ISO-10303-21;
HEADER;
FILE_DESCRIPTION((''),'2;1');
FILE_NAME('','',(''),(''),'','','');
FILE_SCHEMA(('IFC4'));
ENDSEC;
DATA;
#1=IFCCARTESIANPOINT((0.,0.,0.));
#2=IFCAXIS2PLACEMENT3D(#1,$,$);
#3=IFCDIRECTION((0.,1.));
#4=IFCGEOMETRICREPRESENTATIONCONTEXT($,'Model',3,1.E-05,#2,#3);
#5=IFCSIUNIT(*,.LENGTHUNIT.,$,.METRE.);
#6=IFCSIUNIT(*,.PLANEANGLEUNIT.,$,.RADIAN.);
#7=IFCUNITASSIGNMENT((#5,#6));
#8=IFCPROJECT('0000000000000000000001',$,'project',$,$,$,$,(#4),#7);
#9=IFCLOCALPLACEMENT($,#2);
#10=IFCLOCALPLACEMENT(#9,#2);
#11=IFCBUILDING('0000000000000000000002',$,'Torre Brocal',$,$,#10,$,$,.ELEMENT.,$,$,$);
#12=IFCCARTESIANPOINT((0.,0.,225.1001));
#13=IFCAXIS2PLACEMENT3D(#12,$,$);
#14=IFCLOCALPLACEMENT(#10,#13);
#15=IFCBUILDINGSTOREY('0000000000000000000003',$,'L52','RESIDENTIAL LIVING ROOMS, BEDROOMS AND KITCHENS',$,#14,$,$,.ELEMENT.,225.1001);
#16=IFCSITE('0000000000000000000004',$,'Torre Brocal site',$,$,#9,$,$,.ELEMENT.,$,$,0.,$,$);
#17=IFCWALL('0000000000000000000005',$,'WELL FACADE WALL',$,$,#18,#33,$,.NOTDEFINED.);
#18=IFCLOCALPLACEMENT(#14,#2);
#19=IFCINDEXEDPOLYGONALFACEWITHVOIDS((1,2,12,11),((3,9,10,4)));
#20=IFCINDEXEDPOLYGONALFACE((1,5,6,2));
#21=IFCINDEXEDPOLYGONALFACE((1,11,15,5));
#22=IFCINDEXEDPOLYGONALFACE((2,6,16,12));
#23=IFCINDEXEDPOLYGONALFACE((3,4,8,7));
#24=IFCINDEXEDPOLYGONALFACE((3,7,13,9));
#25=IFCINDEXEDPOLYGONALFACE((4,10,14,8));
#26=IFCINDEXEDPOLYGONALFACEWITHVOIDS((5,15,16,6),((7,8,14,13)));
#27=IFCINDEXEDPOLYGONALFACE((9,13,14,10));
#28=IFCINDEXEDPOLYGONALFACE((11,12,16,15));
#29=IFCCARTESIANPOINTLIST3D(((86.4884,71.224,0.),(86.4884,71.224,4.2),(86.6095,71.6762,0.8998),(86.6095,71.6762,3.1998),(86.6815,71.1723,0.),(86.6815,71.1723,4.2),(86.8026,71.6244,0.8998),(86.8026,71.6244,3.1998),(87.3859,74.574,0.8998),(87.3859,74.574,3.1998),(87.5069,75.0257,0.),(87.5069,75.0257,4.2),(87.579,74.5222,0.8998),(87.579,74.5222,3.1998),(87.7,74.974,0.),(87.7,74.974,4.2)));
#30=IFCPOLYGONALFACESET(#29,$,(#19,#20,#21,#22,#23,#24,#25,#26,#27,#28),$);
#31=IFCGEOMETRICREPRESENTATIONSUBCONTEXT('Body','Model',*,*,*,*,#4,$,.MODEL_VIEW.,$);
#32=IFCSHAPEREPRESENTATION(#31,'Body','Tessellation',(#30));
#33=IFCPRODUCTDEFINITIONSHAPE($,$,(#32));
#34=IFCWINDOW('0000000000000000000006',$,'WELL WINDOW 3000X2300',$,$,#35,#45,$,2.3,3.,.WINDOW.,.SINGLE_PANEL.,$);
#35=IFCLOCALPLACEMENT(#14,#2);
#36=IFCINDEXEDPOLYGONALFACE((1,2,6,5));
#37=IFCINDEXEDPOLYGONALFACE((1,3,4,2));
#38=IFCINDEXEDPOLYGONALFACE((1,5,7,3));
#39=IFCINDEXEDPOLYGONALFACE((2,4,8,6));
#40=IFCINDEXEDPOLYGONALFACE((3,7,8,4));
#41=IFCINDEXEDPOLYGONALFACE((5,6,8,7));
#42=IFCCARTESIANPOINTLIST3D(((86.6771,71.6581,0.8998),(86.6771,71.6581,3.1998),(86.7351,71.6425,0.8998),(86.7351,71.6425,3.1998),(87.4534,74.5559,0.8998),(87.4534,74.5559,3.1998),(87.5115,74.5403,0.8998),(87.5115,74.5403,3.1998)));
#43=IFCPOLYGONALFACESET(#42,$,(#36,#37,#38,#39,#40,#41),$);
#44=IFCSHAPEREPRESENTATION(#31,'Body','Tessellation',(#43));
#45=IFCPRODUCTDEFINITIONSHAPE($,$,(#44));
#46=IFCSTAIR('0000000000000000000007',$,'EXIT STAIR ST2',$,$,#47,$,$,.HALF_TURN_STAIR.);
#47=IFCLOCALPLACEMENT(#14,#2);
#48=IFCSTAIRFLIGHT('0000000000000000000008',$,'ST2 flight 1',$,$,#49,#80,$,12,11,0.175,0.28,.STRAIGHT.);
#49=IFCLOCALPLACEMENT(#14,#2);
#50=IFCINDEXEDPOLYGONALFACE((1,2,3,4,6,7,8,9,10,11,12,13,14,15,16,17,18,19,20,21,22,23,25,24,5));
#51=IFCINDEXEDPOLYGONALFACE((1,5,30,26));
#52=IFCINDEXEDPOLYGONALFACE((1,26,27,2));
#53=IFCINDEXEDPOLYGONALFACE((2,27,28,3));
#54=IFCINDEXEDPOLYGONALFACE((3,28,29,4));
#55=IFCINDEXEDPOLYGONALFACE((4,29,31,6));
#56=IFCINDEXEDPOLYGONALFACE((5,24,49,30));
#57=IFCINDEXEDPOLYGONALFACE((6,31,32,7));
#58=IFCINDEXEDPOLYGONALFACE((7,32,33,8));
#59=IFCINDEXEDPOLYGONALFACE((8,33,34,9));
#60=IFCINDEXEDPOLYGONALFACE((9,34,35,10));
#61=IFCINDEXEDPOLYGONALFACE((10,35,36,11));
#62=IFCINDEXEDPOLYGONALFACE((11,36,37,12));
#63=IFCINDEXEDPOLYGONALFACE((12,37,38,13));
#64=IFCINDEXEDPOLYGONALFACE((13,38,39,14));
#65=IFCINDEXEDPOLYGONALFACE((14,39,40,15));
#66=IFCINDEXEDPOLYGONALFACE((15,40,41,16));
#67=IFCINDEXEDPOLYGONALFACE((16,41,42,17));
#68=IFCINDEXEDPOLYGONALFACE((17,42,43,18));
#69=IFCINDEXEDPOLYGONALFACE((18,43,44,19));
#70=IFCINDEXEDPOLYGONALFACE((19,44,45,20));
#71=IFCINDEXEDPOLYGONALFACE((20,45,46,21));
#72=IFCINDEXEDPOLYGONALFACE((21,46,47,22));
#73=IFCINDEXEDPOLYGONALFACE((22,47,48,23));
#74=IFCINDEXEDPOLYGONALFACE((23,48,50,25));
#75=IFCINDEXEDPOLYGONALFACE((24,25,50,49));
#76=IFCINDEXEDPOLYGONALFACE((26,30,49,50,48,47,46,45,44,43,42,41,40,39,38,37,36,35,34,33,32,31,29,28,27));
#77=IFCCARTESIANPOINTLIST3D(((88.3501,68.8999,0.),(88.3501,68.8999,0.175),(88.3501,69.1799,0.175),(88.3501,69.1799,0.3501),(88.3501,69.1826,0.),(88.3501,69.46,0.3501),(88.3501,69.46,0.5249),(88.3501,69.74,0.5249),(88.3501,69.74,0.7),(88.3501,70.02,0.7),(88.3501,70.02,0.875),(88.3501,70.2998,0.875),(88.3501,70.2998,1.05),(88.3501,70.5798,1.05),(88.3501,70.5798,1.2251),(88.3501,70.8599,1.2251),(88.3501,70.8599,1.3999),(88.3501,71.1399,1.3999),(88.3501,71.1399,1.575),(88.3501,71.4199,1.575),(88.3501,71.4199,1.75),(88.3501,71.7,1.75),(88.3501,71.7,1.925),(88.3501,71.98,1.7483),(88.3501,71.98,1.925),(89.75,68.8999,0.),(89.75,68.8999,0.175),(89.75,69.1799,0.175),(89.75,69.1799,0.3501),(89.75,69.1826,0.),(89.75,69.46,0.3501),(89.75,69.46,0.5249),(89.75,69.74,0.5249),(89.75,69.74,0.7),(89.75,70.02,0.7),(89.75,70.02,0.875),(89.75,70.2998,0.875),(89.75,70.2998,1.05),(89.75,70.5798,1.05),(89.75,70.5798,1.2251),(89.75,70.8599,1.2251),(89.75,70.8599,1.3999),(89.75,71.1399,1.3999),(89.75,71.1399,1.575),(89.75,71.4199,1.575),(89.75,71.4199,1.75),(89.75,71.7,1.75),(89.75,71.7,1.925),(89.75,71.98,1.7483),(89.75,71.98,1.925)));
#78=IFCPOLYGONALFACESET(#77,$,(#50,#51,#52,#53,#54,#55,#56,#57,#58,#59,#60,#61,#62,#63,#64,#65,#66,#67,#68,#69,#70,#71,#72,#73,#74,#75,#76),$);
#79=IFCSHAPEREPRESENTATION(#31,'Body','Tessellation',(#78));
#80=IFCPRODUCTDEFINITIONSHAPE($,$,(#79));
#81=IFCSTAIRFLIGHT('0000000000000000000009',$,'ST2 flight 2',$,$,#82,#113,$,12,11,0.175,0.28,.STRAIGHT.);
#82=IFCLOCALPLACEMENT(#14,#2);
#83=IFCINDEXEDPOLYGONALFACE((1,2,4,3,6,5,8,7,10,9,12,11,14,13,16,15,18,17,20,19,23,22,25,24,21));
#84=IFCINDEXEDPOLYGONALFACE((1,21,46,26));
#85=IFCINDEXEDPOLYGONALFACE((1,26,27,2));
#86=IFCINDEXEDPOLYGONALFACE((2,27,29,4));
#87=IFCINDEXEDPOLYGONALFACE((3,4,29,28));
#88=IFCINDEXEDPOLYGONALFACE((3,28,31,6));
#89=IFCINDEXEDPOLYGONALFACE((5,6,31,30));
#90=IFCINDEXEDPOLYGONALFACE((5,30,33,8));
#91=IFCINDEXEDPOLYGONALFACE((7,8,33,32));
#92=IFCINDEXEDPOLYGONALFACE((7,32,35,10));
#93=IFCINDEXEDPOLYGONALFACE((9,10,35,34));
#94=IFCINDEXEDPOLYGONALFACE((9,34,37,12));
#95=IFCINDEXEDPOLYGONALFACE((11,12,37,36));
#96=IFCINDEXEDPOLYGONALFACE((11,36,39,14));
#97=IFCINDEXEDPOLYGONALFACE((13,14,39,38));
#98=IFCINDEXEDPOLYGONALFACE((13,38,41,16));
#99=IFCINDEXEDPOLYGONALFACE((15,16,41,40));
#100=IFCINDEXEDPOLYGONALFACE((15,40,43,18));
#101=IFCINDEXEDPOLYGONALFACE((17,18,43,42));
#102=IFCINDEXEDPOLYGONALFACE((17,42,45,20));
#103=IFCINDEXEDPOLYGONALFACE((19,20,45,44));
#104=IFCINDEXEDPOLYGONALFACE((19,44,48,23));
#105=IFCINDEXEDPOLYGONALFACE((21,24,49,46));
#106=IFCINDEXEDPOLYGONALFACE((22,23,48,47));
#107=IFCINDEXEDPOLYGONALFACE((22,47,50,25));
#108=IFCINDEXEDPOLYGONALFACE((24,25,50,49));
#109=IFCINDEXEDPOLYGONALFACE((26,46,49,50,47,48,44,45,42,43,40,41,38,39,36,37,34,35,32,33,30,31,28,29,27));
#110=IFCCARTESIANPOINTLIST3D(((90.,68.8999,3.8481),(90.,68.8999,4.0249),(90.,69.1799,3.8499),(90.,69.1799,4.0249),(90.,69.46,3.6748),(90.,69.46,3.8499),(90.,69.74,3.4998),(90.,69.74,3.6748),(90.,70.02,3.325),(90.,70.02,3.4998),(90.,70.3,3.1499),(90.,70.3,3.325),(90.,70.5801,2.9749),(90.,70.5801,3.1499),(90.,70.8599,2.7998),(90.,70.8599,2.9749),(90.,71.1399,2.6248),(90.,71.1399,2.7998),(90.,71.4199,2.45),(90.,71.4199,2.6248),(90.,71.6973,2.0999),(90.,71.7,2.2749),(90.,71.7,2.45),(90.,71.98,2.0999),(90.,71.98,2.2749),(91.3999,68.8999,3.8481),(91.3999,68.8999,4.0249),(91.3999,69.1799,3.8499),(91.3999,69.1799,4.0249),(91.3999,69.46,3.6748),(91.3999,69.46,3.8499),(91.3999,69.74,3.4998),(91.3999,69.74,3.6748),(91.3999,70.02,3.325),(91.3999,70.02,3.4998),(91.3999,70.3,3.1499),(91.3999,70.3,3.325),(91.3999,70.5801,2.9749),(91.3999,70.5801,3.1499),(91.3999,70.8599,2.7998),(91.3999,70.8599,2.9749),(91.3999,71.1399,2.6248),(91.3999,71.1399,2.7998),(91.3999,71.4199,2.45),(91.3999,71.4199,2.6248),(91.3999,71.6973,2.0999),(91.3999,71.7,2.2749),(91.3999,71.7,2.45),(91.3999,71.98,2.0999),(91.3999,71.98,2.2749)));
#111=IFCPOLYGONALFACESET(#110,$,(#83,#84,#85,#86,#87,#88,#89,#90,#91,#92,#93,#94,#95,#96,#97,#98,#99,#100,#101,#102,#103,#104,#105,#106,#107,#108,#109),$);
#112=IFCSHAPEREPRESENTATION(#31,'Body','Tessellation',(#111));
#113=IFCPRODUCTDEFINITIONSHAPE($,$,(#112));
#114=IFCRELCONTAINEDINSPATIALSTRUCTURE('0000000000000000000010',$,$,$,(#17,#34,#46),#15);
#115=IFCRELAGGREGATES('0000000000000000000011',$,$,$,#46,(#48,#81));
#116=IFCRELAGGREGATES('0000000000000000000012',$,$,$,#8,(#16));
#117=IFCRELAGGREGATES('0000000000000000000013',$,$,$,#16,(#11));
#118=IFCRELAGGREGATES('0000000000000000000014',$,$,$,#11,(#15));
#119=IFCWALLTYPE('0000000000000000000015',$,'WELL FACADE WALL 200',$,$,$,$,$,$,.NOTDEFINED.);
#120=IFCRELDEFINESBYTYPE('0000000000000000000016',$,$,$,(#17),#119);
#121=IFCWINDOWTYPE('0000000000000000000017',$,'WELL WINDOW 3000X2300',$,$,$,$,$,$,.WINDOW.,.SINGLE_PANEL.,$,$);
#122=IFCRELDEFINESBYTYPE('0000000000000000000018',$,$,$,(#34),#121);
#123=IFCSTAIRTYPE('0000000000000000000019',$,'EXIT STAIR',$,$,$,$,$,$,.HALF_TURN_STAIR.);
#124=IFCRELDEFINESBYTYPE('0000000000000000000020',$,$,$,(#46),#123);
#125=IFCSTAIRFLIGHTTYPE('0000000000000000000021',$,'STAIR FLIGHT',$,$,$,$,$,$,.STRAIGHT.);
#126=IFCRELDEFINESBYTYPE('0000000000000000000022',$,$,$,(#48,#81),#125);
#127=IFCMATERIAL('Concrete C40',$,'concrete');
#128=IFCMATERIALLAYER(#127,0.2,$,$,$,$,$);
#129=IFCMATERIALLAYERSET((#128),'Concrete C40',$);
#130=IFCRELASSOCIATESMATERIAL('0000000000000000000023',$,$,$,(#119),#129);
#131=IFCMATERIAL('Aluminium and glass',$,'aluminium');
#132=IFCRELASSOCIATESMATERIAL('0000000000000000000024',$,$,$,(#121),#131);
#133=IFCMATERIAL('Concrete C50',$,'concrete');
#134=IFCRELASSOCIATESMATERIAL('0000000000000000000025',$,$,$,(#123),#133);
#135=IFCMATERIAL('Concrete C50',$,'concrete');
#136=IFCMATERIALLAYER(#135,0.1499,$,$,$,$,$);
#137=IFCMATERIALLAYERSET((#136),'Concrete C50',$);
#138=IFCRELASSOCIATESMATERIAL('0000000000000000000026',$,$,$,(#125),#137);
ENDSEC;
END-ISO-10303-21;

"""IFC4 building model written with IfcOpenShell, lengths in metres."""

from ifc_helpers import new_model, si_unit, direction, frame, frame_2d, origin, place, context, subcontext, project, spatial, polyline, rectangle, outline, extrude, material, layer, layer_set, type_object, element, fill, aggregate, save


model = new_model("IFC4")

# Units and contexts
model_context = context("Model", 3, precision=1e-05, world=origin(), true_north=direction((0.0, 1.0)))
body_context = subcontext(model_context, "Body", "Model", "MODEL_VIEW")
ifc_project = project(units=[si_unit("LENGTHUNIT", "METRE"), si_unit("PLANEANGLEUNIT", "RADIAN")], contexts=[model_context])

# Site, building, storey
site_placement = place(None, origin())
site = spatial("IfcSite", under=ifc_project, at=site_placement, Name="Torre Brocal site", CompositionType="ELEMENT", RefElevation=0.0)
building_placement = place(site_placement, origin())
building = spatial("IfcBuilding", under=site, at=building_placement, Name="Torre Brocal", CompositionType="ELEMENT")
storey_placement = place(building_placement, frame((0.0, 0.0, 225.1001)))
storey = spatial("IfcBuildingStorey", under=building, at=storey_placement, Name="L52", Description="RESIDENTIAL LIVING ROOMS, BEDROOMS AND KITCHENS", CompositionType="ELEMENT", Elevation=225.1001)

# Wall, opening, window
ifc_material_1 = material(Name="Concrete C40", Category="concrete")
ifc_layer_1 = layer(ifc_material_1, 0.2)
ifc_layer_set_1 = layer_set([ifc_layer_1], Name="Concrete C40")
wall_type_1 = type_object("IfcWallType", Name="WELL FACADE WALL 200", PredefinedType="NOTDEFINED", material=ifc_layer_set_1)
ifc_material_2 = material(Name="Aluminium and glass", Category="aluminium")
window_type = type_object("IfcWindowType", Name="WELL WINDOW 3000X2300", PartitioningType="SINGLE_PANEL", PredefinedType="WINDOW", material=ifc_material_2)
wall_1_placement = place(storey_placement, frame((86.585, 71.1982, 0.0), z_axis=(0.0, 0.0, 1.0), x_axis=(0.25879, 0.965934, 0.0)))
wall_1 = element("IfcWall", 1, at=wall_1_placement, inside=storey, type_object=wall_type_1, Name="WELL FACADE WALL", PredefinedType="NOTDEFINED", context=body_context, shape_type="SweptSolid", body=[
    extrude(rectangle(XDim=3.9358, YDim=0.2, at=frame_2d((1.9678, 0.0))), origin(), (0.0, 0.0, 1.0), 4.2),
])
opening_1_placement = place(wall_1_placement, frame((0.468, 0.0, 0.8999)))
opening_1 = element("IfcOpeningElement", 2, at=opening_1_placement, cuts=wall_1, PredefinedType="OPENING", context=body_context, shape_type="SweptSolid", body=[
    extrude(rectangle(XDim=3.0, YDim=2.3, at=frame_2d((1.5, 1.1499))), frame((0.0, 0.1099, 0.0), z_axis=(0.0, -1.0, 0.0), x_axis=(1.0, 0.0, 0.0)), (0.0, 0.0, 1.0), 0.22),
])
window_1_placement = place(opening_1_placement, origin())
window_1 = element("IfcWindow", 3, at=window_1_placement, inside=storey, type_object=window_type, Name="WELL WINDOW 3000X2300", OverallHeight=2.3, OverallWidth=3.0, PartitioningType="SINGLE_PANEL", PredefinedType="WINDOW", context=body_context, shape_type="SweptSolid", body=[
    extrude(rectangle(XDim=3.0, YDim=2.3, at=frame_2d((1.5, 1.1499))), frame((0.0, 0.03, 0.0), z_axis=(0.0, -1.0, 0.0), x_axis=(1.0, 0.0, 0.0)), (0.0, 0.0, 1.0), 0.0601),
])
fill(opening_1, window_1)

# Stair, stair flights
ifc_material_3 = material(Name="Concrete C50", Category="concrete")
stair_type = type_object("IfcStairType", Name="EXIT STAIR", PredefinedType="HALF_TURN_STAIR", material=ifc_material_3)
stair_placement = place(storey_placement, origin())
stair = element("IfcStair", 4, at=stair_placement, inside=storey, type_object=stair_type, Name="EXIT STAIR ST2", PredefinedType="HALF_TURN_STAIR")
ifc_material_4 = material(Name="Concrete C50", Category="concrete")
ifc_layer_2 = layer(ifc_material_4, 0.1499)
ifc_layer_set_2 = layer_set([ifc_layer_2], Name="Concrete C50")
stair_flight_type = type_object("IfcStairFlightType", Name="STAIR FLIGHT", PredefinedType="STRAIGHT", material=ifc_layer_set_2)
stair_flight_1_placement = place(storey_placement, frame((89.05, 68.8999, 0.0), z_axis=(0.0, 0.0, 1.0), x_axis=(0.0, 1.0, 0.0)))
stair_flight_1 = element("IfcStairFlight", 5, at=stair_flight_1_placement, type_object=stair_flight_type, Name="ST2 flight 1", NumberOfRisers=12, NumberOfTreads=11, PredefinedType="STRAIGHT", RiserHeight=0.175, TreadLength=0.28, context=body_context, shape_type="SweptSolid", body=[
    extrude(outline(polyline([(0.0, 0.0), (0.0, 0.175), (0.28, 0.175), (0.28, 0.3501), (0.5601, 0.3501), (0.5601, 0.5249), (0.8401, 0.5249), (0.8401, 0.7), (1.1201, 0.7), (1.1201, 0.875), (1.3999, 0.875), (1.3999, 1.05), (1.6799, 1.05), (1.6799, 1.2251), (1.96, 1.2251), (1.96, 1.3999), (2.24, 1.3999), (2.24, 1.575), (2.52, 1.575), (2.52, 1.75), (2.8, 1.75), (2.8, 1.925), (3.0801, 1.925), (3.0801, 2.1001), (3.0801, 1.7483), (0.2827, 0.0), (0.0, 0.0)])), frame((0.0, 0.7, 0.0), z_axis=(0.0, -1.0, 0.0), x_axis=(1.0, 0.0, 0.0)), (0.0, 0.0, 1.0), 1.3999),
])
stair_flight_2_placement = place(storey_placement, frame((90.7, 71.98, 2.0999), z_axis=(0.0, 0.0, 1.0), x_axis=(0.0, -1.0, 0.0)))
stair_flight_2 = element("IfcStairFlight", 6, at=stair_flight_2_placement, type_object=stair_flight_type, Name="ST2 flight 2", NumberOfRisers=12, NumberOfTreads=11, PredefinedType="STRAIGHT", RiserHeight=0.175, TreadLength=0.28, context=body_context, shape_type="SweptSolid", body=[
    extrude(outline(polyline([(0.0, 0.0), (0.0, 0.175), (0.28, 0.175), (0.28, 0.3501), (0.5601, 0.3501), (0.5601, 0.5249), (0.8401, 0.5249), (0.8401, 0.7), (1.1201, 0.7), (1.1201, 0.875), (1.3999, 0.875), (1.3999, 1.05), (1.6799, 1.05), (1.6799, 1.2251), (1.96, 1.2251), (1.96, 1.3999), (2.24, 1.3999), (2.24, 1.575), (2.52, 1.575), (2.52, 1.75), (2.8, 1.75), (2.8, 1.925), (3.0801, 1.925), (3.0801, 2.1001), (3.0801, 1.7483), (0.2827, 0.0), (0.0, 0.0)])), frame((0.0, 0.7, 0.0), z_axis=(0.0, -1.0, 0.0), x_axis=(1.0, 0.0, 0.0)), (0.0, 0.0, 1.0), 1.3999),
])
aggregate(stair, [stair_flight_1, stair_flight_2])

save(model, "model.ifc")
